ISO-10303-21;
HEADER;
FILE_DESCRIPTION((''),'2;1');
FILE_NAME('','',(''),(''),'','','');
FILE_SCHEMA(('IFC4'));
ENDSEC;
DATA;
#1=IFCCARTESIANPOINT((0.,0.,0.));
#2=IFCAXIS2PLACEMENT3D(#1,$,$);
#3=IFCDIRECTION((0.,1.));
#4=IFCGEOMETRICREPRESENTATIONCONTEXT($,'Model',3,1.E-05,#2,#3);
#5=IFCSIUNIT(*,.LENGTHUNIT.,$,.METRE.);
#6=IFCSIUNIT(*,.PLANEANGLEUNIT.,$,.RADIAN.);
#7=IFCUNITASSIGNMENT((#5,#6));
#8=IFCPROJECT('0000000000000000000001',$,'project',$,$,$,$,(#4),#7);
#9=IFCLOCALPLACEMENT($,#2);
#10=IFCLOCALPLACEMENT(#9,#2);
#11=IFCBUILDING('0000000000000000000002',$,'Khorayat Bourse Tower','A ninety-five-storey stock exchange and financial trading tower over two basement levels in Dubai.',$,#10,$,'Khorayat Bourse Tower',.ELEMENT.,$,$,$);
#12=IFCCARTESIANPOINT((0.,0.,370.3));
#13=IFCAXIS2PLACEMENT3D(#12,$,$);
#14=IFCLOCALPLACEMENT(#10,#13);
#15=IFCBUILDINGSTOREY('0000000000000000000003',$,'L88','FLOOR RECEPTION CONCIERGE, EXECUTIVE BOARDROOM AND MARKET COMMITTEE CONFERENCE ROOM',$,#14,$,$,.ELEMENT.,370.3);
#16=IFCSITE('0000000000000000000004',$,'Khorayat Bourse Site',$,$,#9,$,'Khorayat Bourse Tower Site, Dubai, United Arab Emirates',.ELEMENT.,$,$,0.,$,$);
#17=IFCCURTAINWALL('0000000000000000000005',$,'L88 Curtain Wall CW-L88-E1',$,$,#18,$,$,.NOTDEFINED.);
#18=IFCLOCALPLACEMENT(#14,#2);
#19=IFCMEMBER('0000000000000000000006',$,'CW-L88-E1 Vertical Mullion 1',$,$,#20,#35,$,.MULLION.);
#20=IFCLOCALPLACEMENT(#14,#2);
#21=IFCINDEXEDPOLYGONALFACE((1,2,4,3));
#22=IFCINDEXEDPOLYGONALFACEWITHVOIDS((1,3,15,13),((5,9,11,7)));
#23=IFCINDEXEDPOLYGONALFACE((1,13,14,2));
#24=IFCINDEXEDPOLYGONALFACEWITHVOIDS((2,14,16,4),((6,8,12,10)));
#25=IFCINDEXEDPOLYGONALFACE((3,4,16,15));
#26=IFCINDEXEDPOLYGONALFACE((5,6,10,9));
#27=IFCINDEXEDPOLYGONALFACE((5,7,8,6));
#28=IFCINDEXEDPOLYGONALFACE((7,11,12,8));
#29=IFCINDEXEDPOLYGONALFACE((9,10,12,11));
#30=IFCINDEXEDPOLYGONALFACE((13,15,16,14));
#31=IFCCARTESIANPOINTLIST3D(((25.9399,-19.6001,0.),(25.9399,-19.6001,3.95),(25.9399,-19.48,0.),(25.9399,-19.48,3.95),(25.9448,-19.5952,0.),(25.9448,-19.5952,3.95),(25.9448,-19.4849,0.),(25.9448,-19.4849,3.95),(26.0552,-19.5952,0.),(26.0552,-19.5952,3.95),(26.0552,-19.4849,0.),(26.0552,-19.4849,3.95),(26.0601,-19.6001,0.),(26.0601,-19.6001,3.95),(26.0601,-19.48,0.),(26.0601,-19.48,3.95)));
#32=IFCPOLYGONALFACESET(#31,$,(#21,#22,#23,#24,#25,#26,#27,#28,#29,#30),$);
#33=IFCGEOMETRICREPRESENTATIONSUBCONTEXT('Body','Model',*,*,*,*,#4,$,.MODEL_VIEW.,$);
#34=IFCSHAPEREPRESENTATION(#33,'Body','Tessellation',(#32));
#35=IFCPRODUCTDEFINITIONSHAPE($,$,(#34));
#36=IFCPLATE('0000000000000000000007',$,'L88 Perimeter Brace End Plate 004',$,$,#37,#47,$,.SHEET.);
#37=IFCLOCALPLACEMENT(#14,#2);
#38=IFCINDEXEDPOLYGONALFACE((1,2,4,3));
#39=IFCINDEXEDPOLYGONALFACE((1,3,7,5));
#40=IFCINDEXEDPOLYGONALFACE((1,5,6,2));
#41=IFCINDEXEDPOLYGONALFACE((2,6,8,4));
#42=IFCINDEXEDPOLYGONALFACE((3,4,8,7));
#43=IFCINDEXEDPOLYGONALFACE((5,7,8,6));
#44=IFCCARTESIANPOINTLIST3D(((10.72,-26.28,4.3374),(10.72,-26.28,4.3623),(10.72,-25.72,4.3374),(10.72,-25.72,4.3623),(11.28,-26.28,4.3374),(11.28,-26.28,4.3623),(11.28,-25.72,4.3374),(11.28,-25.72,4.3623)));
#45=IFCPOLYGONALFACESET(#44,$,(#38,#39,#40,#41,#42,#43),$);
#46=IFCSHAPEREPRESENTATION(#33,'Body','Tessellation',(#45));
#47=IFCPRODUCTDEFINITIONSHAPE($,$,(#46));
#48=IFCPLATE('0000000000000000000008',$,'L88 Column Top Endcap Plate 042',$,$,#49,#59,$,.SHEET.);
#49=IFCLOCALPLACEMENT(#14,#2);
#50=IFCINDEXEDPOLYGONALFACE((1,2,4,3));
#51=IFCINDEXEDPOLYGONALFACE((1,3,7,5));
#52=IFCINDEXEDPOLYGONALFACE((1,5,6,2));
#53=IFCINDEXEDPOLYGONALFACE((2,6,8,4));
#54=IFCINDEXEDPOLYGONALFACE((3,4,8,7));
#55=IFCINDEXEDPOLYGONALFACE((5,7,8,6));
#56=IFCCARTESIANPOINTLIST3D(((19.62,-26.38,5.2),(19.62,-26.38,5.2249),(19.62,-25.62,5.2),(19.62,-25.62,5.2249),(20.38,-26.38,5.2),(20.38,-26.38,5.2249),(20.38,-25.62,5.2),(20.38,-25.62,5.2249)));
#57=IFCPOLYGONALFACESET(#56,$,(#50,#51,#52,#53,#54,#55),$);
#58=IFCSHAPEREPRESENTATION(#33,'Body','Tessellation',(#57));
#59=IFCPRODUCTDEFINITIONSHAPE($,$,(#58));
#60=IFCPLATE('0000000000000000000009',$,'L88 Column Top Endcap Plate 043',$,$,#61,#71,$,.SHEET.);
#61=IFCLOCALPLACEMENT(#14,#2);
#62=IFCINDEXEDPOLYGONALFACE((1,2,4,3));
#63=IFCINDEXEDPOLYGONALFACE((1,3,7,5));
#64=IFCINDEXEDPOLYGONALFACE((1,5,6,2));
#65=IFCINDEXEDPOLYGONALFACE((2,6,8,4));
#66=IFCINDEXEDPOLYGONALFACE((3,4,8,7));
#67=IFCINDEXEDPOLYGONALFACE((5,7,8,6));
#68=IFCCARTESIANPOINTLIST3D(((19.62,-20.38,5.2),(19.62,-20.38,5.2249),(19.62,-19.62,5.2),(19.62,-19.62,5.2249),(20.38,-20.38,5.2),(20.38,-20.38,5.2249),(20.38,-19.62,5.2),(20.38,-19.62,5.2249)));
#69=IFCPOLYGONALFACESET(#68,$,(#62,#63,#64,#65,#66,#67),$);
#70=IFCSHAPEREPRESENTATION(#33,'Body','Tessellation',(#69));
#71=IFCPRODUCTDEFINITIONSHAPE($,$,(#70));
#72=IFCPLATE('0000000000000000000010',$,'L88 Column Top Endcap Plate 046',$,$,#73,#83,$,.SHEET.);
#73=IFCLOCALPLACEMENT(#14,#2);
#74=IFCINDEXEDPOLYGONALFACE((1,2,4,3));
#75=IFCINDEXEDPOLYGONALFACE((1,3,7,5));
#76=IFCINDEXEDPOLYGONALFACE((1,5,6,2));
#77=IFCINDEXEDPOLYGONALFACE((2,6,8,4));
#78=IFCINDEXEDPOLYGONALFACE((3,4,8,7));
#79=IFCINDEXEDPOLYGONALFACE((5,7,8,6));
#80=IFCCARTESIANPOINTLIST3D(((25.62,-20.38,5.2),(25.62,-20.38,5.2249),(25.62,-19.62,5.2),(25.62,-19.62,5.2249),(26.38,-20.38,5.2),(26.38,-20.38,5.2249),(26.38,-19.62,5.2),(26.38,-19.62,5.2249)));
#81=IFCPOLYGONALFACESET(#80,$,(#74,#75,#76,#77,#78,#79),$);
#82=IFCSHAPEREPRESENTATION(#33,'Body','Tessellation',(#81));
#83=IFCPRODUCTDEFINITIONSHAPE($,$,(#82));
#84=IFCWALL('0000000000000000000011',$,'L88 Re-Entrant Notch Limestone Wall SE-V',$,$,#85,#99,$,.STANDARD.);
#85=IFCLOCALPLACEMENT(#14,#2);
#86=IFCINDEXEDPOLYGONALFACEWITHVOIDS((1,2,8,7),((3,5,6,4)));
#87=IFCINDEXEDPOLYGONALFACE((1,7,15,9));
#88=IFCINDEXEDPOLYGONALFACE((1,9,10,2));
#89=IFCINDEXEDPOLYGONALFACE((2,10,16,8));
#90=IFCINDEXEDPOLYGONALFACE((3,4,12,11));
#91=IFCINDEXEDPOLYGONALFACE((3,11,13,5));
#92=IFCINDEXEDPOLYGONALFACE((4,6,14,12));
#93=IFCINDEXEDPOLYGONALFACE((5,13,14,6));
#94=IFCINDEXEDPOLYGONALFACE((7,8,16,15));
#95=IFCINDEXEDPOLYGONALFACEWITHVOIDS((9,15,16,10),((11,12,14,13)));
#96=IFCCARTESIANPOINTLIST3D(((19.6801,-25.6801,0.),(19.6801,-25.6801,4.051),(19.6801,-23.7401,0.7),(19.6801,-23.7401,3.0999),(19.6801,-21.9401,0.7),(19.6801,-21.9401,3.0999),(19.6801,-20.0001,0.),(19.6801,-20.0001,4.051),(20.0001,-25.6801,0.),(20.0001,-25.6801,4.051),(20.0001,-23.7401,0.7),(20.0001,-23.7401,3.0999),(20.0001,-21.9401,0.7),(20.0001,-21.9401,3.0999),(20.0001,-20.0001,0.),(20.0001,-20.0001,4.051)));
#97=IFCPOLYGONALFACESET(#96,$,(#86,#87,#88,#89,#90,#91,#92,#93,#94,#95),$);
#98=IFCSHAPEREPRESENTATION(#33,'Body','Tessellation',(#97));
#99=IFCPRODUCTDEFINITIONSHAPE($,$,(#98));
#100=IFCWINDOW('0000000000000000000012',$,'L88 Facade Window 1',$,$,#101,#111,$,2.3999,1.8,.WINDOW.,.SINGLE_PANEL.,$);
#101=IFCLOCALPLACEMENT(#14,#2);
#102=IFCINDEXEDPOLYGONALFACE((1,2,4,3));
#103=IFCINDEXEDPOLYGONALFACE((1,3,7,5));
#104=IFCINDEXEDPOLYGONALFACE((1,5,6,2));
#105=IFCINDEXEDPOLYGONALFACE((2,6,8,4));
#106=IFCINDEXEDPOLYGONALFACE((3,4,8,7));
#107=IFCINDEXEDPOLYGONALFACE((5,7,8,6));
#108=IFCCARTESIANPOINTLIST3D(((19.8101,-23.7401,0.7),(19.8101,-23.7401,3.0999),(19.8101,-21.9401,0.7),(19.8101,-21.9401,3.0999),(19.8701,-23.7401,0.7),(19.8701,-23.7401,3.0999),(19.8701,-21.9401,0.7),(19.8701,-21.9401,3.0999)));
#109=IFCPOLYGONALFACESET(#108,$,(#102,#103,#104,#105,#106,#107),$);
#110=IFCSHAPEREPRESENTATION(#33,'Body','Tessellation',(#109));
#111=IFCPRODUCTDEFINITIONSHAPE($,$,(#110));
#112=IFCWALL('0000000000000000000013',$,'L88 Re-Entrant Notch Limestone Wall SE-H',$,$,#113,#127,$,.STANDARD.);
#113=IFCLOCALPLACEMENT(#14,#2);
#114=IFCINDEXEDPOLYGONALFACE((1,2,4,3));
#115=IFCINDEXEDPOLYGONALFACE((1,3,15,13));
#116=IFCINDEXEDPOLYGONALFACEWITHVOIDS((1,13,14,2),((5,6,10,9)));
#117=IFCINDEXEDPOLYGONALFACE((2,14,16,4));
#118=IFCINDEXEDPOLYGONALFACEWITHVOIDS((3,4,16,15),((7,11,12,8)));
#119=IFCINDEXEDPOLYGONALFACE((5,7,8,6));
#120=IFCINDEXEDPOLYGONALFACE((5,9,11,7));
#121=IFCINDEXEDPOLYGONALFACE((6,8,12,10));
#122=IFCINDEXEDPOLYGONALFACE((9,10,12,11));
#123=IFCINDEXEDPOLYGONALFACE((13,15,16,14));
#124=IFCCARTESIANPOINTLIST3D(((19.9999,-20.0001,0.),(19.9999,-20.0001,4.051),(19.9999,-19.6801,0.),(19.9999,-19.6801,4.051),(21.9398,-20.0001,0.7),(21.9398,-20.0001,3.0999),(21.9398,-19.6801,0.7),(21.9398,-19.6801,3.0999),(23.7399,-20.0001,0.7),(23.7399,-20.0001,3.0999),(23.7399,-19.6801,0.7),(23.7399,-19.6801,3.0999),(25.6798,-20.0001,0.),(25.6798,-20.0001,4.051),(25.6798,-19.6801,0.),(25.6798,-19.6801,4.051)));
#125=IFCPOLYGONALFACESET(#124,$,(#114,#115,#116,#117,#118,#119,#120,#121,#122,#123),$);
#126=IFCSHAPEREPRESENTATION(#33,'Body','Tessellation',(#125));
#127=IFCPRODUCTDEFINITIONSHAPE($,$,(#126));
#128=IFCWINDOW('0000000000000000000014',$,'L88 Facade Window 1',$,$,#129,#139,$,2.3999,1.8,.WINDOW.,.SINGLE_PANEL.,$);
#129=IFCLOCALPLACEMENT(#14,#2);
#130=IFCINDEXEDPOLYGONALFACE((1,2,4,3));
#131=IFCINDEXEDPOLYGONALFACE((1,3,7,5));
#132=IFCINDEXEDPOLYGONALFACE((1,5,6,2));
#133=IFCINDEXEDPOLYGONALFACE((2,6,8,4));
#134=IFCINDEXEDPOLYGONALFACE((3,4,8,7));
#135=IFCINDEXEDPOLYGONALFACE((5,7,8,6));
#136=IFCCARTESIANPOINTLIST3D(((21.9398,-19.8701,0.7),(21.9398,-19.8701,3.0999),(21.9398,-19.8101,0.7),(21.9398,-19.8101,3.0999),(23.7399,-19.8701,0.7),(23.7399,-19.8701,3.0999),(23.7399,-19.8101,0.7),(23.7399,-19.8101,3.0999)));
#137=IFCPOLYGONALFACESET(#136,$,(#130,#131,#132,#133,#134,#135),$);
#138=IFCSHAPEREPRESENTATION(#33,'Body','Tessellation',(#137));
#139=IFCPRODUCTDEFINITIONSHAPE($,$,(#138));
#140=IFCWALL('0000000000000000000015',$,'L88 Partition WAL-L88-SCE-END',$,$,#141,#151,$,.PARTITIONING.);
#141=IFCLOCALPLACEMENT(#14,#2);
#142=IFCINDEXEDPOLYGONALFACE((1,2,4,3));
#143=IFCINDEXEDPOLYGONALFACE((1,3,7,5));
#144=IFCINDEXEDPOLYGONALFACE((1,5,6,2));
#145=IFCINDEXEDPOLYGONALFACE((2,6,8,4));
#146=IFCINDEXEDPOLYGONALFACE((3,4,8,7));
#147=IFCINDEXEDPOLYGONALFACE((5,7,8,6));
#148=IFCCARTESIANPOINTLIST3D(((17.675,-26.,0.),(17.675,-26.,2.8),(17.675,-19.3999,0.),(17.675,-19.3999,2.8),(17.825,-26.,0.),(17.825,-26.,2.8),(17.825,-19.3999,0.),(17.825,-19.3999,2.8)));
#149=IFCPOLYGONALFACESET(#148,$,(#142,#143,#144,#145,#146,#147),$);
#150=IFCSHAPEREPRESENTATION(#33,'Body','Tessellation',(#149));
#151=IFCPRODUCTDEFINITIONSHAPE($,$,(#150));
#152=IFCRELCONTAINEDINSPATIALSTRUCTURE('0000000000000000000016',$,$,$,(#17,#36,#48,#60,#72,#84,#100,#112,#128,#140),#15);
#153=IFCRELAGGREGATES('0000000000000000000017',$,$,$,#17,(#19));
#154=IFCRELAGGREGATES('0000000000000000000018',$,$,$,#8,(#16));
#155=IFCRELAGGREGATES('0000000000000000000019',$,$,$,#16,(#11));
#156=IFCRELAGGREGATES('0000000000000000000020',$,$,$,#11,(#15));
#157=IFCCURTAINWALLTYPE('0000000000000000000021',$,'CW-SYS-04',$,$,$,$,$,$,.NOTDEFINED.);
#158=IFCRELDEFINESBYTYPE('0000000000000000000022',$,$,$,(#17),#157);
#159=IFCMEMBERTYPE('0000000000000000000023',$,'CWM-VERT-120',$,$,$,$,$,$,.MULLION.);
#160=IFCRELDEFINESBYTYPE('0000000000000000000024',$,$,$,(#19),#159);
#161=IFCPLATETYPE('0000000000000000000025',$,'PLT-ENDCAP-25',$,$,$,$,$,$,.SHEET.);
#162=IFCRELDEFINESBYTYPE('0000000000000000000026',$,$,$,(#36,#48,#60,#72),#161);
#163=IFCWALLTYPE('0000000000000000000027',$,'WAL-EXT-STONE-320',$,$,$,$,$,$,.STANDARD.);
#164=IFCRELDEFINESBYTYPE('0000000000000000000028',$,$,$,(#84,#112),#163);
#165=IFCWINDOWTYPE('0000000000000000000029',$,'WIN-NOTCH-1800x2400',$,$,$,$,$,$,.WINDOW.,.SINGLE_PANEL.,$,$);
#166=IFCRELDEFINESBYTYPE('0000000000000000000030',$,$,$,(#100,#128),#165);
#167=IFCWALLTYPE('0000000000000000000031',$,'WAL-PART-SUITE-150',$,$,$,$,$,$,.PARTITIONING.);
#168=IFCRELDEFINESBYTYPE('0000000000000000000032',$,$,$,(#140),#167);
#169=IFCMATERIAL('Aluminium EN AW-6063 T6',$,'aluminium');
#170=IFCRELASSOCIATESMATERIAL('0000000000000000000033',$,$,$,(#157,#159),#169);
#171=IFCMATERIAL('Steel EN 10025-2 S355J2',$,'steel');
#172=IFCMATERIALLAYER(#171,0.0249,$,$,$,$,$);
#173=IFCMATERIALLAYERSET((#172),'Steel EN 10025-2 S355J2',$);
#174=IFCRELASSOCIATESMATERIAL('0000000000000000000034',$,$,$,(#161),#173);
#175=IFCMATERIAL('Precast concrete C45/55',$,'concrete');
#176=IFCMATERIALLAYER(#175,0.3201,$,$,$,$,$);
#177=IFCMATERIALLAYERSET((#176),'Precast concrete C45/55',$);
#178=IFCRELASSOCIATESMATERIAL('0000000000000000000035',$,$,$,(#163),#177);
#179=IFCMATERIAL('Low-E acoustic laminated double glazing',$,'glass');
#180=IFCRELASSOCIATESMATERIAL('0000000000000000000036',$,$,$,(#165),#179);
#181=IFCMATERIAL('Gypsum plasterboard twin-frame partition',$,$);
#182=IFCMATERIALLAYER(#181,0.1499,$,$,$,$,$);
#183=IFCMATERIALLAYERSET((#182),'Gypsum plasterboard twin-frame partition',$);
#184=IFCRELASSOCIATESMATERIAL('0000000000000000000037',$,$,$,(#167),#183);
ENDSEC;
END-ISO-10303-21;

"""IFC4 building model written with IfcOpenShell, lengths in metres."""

from ifc_helpers import new_model, si_unit, direction, frame, frame_2d, origin, origin_2d, place, context, subcontext, project, spatial, rectangle, hollow_rectangle, extrude, source, transform, mapped, material, layer, layer_set, material_profile, profile_set, type_object, element, fill, aggregate, save


model = new_model("IFC4")

# Units and contexts
model_context = context("Model", 3, precision=1e-05, world=origin(), true_north=direction((0.0, 1.0)))
body_context = subcontext(model_context, "Body", "Model", "MODEL_VIEW")
ifc_project = project(units=[si_unit("LENGTHUNIT", "METRE"), si_unit("PLANEANGLEUNIT", "RADIAN")], contexts=[model_context])

# Site, building, storey
site_placement = place(None, origin())
site = spatial("IfcSite", under=ifc_project, at=site_placement, Name="Khorayat Bourse Site", LongName="Khorayat Bourse Tower Site, Dubai, United Arab Emirates", CompositionType="ELEMENT", RefElevation=0.0)
building_placement = place(site_placement, origin())
building = spatial("IfcBuilding", under=site, at=building_placement, Name="Khorayat Bourse Tower", Description="A ninety-five-storey stock exchange and financial trading tower over two basement levels in Dubai.", LongName="Khorayat Bourse Tower", CompositionType="ELEMENT")
storey_placement = place(building_placement, frame((0.0, 0.0, 370.3)))
storey = spatial("IfcBuildingStorey", under=building, at=storey_placement, Name="L88", Description="FLOOR RECEPTION CONCIERGE, EXECUTIVE BOARDROOM AND MARKET COMMITTEE CONFERENCE ROOM", CompositionType="ELEMENT", Elevation=370.3)

# Shared definitions
ifc_material_1 = material(Name="Steel EN 10025-2 S355J2", Category="steel")

# Curtain wall
ifc_material_2 = material(Name="Aluminium EN AW-6063 T6", Category="aluminium")
curtain_wall_type = type_object("IfcCurtainWallType", Name="CW-SYS-04", PredefinedType="NOTDEFINED", material=ifc_material_2)
curtain_wall_1_placement = place(storey_placement, origin())
curtain_wall_1 = element("IfcCurtainWall", 1, at=curtain_wall_1_placement, inside=storey, type_object=curtain_wall_type, Name="L88 Curtain Wall CW-L88-E1", PredefinedType="NOTDEFINED")

# Shared definitions
ifc_material_profile_1 = material_profile(ifc_material_2, hollow_rectangle(XDim=0.1201, YDim=0.1201, WallThickness=0.0049, at=origin_2d()), Name="ALU 120x120x5")
ifc_profile_set_1 = profile_set([ifc_material_profile_1], Name="Aluminium EN AW-6063 T6")
member_type_1 = type_object("IfcMemberType", Name="CWM-VERT-120", PredefinedType="MULLION", material=ifc_profile_set_1)
shared_shape_1 = source(origin(), body_context, "Body", "SweptSolid", [
    extrude(hollow_rectangle(XDim=0.1201, YDim=0.1201, WallThickness=0.0049, at=origin_2d()), origin(), (0.0, 0.0, 1.0), 3.95),
])

# Member
member_1_placement = place(storey_placement, frame((26.0, -19.54, 0.0), z_axis=(0.0, 0.0, 1.0), x_axis=(-1.0, 0.0, 0.0)))
member_1 = element("IfcMember", 2, at=member_1_placement, type_object=member_type_1, Name="CW-L88-E1 Vertical Mullion 1", PredefinedType="MULLION", context=body_context, shape_type="MappedRepresentation", body=[
    mapped(shared_shape_1, transform((0.0, 0.0, 0.0), scale=1.0)),
])
aggregate(curtain_wall_1, [member_1])

# Plates
ifc_layer_1 = layer(ifc_material_1, 0.0249)
ifc_layer_set_1 = layer_set([ifc_layer_1], Name="Steel EN 10025-2 S355J2")
plate_type = type_object("IfcPlateType", Name="PLT-ENDCAP-25", PredefinedType="SHEET", material=ifc_layer_set_1)
shared_shape_2 = source(origin(), body_context, "Body", "SweptSolid", [
    extrude(rectangle(XDim=0.5601, YDim=0.5601, at=origin_2d()), origin(), (0.0, 0.0, 1.0), 0.0249),
])
plate_placement = place(storey_placement, frame((11.0, -26.0, 4.3374), z_axis=(0.0, 0.0, 1.0), x_axis=(1.0, 0.0, 0.0)))
element("IfcPlate", 3, at=plate_placement, inside=storey, type_object=plate_type, Name="L88 Perimeter Brace End Plate 004", PredefinedType="SHEET", context=body_context, shape_type="MappedRepresentation", body=[
    mapped(shared_shape_2, transform((0.0, 0.0, 0.0), scale=1.0)),
])
shared_shape_3 = source(origin(), body_context, "Body", "SweptSolid", [
    extrude(rectangle(XDim=0.76, YDim=0.76, at=origin_2d()), origin(), (0.0, 0.0, 1.0), 0.0249),
])
for number, where, z_axis, x_axis, name in (
    (4, (20.0, -26.0, 5.2), (0.0, 0.0, 1.0), (1.0, 0.0, 0.0), "L88 Column Top Endcap Plate 042"),
    (5, (20.0, -20.0, 5.2), (0.0, 0.0, 1.0), (1.0, 0.0, 0.0), "L88 Column Top Endcap Plate 043"),
    (6, (26.0, -20.0, 5.2), (0.0, 0.0, 1.0), (1.0, 0.0, 0.0), "L88 Column Top Endcap Plate 046"),
):
    element("IfcPlate", number, at=place(storey_placement, frame(where, z_axis=z_axis, x_axis=x_axis)), inside=storey, type_object=plate_type, Name=name, PredefinedType="SHEET", context=body_context, shape_type="MappedRepresentation", body=[
        mapped(shared_shape_3, transform((0.0, 0.0, 0.0), scale=1.0)),
    ])

# Walls, openings, windows
ifc_material_3 = material(Name="Precast concrete C45/55", Category="concrete")
ifc_layer_2 = layer(ifc_material_3, 0.3201)
ifc_layer_set_2 = layer_set([ifc_layer_2], Name="Precast concrete C45/55")
wall_type_1 = type_object("IfcWallType", Name="WAL-EXT-STONE-320", PredefinedType="STANDARD", material=ifc_layer_set_2)
shared_shape_4 = source(origin(), body_context, "Body", "SweptSolid", [
    extrude(rectangle(XDim=5.6799, YDim=0.3201, at=frame_2d((2.8398, 0.0))), origin(), (0.0, 0.0, 1.0), 4.051),
])
wall_1_placement = place(storey_placement, frame((19.8401, -25.6799, 0.0), z_axis=(0.0, 0.0, 1.0), x_axis=(0.0, 1.0, 0.0)))
wall_1 = element("IfcWall", 7, at=wall_1_placement, inside=storey, type_object=wall_type_1, Name="L88 Re-Entrant Notch Limestone Wall SE-V", PredefinedType="STANDARD", context=body_context, shape_type="MappedRepresentation", body=[
    mapped(shared_shape_4, transform((0.0, 0.0, 0.0), scale=1.0)),
])
shared_shape_5 = source(origin(), body_context, "Body", "SweptSolid", [
    extrude(rectangle(XDim=1.8, YDim=2.3999, at=frame_2d((0.8999, 1.2))), frame((0.0, 0.1699, 0.0), z_axis=(0.0, -1.0, 0.0), x_axis=(1.0, 0.0, 0.0)), (0.0, 0.0, 1.0), 0.3401),
])
opening_1_placement = place(wall_1_placement, frame((1.9399, 0.0, 0.7)))
opening_1 = element("IfcOpeningElement", 8, at=opening_1_placement, cuts=wall_1, PredefinedType="OPENING", context=body_context, shape_type="MappedRepresentation", body=[
    mapped(shared_shape_5, transform((0.0, 0.0, 0.0), scale=1.0)),
])
ifc_material_4 = material(Name="Low-E acoustic laminated double glazing", Category="glass")
window_type = type_object("IfcWindowType", Name="WIN-NOTCH-1800x2400", PartitioningType="SINGLE_PANEL", PredefinedType="WINDOW", material=ifc_material_4)
shared_shape_6 = source(origin(), body_context, "Body", "SweptSolid", [
    extrude(rectangle(XDim=1.8, YDim=2.3999, at=frame_2d((0.8999, 1.2))), frame((0.0, 0.03, 0.0), z_axis=(0.0, -1.0, 0.0), x_axis=(1.0, 0.0, 0.0)), (0.0, 0.0, 1.0), 0.0601),
])
window_1_placement = place(opening_1_placement, origin())
window_1 = element("IfcWindow", 9, at=window_1_placement, inside=storey, type_object=window_type, Name="L88 Facade Window 1", OverallHeight=2.3999, OverallWidth=1.8, PartitioningType="SINGLE_PANEL", PredefinedType="WINDOW", context=body_context, shape_type="MappedRepresentation", body=[
    mapped(shared_shape_6, transform((0.0, 0.0, 0.0), scale=1.0)),
])
fill(opening_1, window_1)
wall_2_placement = place(storey_placement, frame((20.0, -19.8401, 0.0), z_axis=(0.0, 0.0, 1.0), x_axis=(1.0, 0.0, 0.0)))
wall_2 = element("IfcWall", 10, at=wall_2_placement, inside=storey, type_object=wall_type_1, Name="L88 Re-Entrant Notch Limestone Wall SE-H", PredefinedType="STANDARD", context=body_context, shape_type="MappedRepresentation", body=[
    mapped(shared_shape_4, transform((0.0, 0.0, 0.0), scale=1.0)),
])
opening_2_placement = place(wall_2_placement, frame((1.9399, 0.0, 0.7)))
opening_2 = element("IfcOpeningElement", 11, at=opening_2_placement, cuts=wall_2, PredefinedType="OPENING", context=body_context, shape_type="MappedRepresentation", body=[
    mapped(shared_shape_5, transform((0.0, 0.0, 0.0), scale=1.0)),
])
window_2_placement = place(opening_2_placement, origin())
window_2 = element("IfcWindow", 12, at=window_2_placement, inside=storey, type_object=window_type, Name="L88 Facade Window 1", OverallHeight=2.3999, OverallWidth=1.8, PartitioningType="SINGLE_PANEL", PredefinedType="WINDOW", context=body_context, shape_type="MappedRepresentation", body=[
    mapped(shared_shape_6, transform((0.0, 0.0, 0.0), scale=1.0)),
])
fill(opening_2, window_2)

# Wall
ifc_material_5 = material(Name="Gypsum plasterboard twin-frame partition")
ifc_layer_3 = layer(ifc_material_5, 0.1499)
ifc_layer_set_3 = layer_set([ifc_layer_3], Name="Gypsum plasterboard twin-frame partition")
wall_type_2 = type_object("IfcWallType", Name="WAL-PART-SUITE-150", PredefinedType="PARTITIONING", material=ifc_layer_set_3)
shared_shape_7 = source(origin(), body_context, "Body", "SweptSolid", [
    extrude(rectangle(XDim=6.6001, YDim=0.1499, at=frame_2d((3.3, 0.0))), origin(), (0.0, 0.0, 1.0), 2.8),
])
wall_3_placement = place(storey_placement, frame((17.75, -26.0, 0.0), z_axis=(0.0, 0.0, 1.0), x_axis=(0.0, 1.0, 0.0)))
element("IfcWall", 13, at=wall_3_placement, inside=storey, type_object=wall_type_2, Name="L88 Partition WAL-L88-SCE-END", PredefinedType="PARTITIONING", context=body_context, shape_type="MappedRepresentation", body=[
    mapped(shared_shape_7, transform((0.0, 0.0, 0.0), scale=1.0)),
])

save(model, "model.ifc")
